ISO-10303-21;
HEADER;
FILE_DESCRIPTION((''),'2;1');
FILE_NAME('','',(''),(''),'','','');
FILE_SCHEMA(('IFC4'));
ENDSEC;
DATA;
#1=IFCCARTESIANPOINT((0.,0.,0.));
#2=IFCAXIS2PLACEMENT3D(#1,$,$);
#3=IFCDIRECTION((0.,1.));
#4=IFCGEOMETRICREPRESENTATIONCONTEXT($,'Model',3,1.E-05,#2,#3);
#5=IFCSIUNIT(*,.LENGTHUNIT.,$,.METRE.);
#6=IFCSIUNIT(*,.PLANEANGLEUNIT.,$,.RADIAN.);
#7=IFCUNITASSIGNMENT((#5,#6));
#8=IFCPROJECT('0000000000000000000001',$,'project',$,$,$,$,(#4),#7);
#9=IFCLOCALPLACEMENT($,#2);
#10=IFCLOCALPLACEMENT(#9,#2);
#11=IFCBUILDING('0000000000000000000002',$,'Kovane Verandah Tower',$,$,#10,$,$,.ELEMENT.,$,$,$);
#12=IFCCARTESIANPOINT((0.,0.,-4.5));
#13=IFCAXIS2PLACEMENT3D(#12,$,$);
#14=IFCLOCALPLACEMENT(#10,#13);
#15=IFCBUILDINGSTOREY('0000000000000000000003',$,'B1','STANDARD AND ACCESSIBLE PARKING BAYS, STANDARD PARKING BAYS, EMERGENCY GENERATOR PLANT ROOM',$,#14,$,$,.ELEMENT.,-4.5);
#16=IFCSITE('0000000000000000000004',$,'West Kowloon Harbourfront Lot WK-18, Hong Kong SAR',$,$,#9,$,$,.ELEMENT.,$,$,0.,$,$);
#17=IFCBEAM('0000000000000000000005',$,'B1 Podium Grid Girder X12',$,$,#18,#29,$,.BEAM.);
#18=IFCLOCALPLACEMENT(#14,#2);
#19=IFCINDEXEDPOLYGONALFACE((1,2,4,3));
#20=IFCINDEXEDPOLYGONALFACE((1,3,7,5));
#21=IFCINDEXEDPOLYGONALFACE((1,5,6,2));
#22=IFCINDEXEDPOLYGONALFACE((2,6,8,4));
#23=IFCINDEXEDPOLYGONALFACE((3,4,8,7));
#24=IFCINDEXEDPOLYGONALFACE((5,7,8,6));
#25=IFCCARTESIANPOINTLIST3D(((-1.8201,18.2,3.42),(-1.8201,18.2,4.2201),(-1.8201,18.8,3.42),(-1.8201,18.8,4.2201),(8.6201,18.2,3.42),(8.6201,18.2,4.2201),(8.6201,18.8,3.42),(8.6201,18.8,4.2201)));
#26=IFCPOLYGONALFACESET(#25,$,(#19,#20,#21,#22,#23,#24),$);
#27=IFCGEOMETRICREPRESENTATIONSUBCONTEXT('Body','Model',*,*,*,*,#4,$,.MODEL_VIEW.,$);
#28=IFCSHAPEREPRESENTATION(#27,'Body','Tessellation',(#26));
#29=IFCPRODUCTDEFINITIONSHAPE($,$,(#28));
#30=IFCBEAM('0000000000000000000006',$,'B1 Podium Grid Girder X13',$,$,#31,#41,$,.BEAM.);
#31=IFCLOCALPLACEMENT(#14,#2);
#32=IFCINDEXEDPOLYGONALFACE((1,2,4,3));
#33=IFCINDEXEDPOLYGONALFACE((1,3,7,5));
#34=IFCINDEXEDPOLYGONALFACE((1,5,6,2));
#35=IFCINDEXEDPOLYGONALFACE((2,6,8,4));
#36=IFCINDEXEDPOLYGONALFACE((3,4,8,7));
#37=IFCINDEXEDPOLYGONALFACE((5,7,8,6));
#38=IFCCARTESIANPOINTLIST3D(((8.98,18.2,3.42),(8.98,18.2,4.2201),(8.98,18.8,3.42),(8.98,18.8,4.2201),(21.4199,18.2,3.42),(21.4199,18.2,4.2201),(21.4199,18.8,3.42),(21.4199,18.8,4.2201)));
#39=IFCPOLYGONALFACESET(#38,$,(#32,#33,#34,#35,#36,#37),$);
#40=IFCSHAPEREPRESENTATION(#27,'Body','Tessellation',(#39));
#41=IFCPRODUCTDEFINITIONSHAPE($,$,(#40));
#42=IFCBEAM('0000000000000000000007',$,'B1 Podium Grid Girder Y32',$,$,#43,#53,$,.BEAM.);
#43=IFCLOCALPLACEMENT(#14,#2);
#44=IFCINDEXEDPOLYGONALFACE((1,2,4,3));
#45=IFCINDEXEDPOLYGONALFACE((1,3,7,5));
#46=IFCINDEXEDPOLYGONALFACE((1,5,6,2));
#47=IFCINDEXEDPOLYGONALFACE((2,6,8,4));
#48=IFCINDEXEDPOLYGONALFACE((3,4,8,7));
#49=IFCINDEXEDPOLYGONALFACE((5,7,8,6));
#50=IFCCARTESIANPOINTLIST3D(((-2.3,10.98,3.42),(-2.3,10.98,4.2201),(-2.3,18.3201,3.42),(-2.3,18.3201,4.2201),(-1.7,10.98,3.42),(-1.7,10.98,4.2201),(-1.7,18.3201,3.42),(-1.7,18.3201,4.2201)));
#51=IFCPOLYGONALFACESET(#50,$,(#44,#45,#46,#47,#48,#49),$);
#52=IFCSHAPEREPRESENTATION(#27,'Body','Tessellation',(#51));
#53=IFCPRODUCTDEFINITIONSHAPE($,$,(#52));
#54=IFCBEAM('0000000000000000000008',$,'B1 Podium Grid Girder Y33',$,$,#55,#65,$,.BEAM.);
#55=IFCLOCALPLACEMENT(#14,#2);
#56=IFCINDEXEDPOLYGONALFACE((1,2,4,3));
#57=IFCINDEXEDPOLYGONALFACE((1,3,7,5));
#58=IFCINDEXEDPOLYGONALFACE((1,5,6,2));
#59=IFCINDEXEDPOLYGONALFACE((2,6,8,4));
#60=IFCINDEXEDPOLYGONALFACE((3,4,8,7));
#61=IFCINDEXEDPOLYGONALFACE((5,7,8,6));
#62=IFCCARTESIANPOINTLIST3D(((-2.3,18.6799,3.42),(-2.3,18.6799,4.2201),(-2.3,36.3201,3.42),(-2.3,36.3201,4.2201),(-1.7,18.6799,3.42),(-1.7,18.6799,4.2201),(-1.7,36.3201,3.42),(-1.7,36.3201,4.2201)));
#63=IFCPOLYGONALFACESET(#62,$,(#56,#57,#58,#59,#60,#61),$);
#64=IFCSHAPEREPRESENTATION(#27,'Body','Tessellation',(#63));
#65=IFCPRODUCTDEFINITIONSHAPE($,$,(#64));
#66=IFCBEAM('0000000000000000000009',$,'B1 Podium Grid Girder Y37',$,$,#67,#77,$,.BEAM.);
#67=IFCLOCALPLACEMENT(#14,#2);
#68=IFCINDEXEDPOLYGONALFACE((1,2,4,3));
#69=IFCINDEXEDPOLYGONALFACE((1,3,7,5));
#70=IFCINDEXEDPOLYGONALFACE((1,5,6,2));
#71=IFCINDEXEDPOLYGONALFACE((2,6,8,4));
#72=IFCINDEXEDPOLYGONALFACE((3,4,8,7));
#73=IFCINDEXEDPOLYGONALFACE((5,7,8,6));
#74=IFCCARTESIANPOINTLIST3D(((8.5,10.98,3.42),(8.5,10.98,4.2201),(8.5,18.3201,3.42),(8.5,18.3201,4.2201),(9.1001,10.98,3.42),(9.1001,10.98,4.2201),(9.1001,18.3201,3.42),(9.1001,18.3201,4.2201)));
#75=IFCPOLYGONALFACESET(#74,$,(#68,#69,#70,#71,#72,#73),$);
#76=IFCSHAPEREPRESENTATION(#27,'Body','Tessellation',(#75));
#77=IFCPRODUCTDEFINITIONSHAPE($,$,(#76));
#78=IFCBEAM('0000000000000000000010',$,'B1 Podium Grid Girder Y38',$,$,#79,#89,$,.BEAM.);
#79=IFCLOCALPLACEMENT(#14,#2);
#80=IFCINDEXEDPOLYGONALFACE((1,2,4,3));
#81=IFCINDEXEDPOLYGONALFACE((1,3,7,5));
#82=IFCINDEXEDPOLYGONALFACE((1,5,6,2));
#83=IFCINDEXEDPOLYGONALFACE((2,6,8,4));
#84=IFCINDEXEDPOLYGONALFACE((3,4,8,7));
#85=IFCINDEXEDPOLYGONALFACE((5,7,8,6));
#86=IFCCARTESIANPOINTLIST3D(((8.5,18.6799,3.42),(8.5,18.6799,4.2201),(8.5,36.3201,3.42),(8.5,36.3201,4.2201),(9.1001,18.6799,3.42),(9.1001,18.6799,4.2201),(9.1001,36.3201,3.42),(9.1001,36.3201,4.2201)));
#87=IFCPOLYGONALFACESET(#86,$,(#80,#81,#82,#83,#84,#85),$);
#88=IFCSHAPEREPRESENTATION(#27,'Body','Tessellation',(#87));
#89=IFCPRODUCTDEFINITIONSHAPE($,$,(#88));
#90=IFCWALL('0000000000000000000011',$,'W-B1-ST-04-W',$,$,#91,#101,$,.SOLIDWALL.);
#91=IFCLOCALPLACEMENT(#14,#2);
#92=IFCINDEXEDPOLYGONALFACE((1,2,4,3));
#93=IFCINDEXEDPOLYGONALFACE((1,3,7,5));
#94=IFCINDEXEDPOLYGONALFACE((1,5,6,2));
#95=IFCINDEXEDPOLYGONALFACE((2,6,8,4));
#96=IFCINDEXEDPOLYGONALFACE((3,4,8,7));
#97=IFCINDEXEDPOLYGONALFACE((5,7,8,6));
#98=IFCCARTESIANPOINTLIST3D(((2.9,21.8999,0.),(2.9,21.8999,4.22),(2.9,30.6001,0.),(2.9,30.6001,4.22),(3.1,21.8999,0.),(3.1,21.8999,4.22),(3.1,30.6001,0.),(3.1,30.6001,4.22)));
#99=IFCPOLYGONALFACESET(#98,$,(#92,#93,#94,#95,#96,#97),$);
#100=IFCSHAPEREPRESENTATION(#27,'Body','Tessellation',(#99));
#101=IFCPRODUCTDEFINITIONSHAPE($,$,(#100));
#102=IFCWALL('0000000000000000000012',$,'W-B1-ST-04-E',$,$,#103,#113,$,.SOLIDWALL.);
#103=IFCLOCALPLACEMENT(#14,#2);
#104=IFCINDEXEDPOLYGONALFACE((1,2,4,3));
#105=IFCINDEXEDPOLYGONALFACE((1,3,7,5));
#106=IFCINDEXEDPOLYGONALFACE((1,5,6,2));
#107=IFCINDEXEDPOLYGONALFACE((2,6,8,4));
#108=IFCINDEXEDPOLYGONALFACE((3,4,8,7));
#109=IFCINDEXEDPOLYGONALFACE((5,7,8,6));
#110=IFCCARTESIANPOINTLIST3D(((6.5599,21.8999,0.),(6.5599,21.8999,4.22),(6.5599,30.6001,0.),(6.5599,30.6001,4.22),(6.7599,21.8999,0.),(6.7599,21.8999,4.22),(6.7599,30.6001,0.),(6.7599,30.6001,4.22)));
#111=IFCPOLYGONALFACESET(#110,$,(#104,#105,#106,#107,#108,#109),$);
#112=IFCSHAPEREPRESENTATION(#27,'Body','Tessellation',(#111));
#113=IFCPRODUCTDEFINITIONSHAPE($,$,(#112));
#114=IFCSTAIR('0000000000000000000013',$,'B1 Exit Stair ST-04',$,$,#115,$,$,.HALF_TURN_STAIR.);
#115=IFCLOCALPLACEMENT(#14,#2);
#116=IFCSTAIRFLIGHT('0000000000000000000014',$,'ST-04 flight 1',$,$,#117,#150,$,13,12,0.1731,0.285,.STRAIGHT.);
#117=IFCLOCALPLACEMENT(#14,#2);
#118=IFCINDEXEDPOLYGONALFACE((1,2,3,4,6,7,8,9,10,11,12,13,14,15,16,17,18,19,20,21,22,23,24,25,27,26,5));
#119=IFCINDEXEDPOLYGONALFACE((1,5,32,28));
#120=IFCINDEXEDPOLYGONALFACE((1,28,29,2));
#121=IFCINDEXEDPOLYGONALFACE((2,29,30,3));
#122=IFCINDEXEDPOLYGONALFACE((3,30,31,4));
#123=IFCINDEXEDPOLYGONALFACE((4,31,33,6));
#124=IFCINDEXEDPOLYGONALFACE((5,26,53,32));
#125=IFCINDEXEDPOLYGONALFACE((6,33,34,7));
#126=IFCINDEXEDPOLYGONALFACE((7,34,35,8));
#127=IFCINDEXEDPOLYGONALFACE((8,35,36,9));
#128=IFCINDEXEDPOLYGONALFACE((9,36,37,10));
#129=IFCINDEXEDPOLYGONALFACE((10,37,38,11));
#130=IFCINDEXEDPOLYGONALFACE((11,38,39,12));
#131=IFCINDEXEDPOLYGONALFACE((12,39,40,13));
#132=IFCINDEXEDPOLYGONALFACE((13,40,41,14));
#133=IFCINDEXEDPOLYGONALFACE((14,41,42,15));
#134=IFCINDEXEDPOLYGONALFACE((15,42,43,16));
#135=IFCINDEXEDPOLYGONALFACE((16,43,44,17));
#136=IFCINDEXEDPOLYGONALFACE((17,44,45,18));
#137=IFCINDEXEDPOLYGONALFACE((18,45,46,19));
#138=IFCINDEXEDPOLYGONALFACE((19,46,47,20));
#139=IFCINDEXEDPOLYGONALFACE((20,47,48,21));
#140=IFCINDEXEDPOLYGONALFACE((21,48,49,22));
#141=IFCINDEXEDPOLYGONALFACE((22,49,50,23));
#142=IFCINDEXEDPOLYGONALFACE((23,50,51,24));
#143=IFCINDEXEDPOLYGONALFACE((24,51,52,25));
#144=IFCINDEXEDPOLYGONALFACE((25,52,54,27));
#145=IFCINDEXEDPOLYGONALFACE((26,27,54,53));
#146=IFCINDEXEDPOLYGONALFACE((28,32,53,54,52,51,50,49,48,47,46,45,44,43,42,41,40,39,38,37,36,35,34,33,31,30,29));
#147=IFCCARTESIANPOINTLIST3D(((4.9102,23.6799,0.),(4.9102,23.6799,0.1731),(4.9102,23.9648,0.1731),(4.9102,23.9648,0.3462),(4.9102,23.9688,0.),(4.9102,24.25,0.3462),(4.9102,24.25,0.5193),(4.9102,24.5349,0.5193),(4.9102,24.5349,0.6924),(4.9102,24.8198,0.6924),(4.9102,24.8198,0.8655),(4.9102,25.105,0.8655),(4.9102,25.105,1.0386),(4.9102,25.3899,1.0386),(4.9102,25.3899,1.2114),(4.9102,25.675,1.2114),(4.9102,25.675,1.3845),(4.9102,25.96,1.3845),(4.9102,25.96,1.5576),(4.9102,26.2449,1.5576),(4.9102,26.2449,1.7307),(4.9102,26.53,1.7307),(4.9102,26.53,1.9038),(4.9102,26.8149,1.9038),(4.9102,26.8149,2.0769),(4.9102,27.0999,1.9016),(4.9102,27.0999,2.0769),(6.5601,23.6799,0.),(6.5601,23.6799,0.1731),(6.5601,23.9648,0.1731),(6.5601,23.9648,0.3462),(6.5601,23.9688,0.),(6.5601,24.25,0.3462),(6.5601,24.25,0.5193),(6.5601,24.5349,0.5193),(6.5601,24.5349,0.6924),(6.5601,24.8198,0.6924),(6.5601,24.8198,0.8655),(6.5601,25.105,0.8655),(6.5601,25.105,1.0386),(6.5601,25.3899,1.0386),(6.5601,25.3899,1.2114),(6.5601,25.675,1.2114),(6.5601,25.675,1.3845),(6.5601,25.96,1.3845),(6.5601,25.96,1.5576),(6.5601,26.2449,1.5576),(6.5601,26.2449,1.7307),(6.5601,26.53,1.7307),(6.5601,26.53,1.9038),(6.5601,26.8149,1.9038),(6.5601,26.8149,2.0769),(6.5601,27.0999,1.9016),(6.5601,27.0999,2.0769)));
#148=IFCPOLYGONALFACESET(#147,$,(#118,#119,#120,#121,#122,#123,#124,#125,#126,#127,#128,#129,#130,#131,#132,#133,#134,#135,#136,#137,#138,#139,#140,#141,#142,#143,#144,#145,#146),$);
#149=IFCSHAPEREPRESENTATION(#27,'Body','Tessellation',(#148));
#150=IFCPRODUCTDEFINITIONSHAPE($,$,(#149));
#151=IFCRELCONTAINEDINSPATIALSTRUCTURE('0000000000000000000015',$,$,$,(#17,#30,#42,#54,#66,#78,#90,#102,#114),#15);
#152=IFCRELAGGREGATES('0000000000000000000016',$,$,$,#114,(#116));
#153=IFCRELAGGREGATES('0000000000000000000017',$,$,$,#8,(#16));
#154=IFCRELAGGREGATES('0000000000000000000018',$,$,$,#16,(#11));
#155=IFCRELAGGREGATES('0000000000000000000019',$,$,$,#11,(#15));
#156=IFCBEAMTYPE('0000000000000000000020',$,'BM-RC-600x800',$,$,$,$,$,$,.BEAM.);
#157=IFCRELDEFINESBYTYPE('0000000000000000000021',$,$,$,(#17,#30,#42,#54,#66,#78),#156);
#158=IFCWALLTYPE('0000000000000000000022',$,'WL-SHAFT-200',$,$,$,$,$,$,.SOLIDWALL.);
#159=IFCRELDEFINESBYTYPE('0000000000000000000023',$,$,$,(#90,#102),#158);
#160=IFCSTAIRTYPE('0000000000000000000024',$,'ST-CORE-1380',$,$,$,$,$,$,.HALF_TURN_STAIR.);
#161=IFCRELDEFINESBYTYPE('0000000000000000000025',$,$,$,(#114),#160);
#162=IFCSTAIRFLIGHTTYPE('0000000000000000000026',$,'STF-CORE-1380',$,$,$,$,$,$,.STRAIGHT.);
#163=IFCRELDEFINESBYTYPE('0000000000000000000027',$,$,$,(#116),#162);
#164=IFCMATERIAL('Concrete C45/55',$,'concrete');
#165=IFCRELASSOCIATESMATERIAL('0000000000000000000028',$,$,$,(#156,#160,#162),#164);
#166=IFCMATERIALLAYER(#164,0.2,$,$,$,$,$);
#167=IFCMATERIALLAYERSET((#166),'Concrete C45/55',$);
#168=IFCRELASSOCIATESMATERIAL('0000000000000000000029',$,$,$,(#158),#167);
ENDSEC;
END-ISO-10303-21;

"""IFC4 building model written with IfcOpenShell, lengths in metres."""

from ifc_helpers import new_model, si_unit, direction, frame, frame_2d, origin, origin_2d, place, context, subcontext, project, spatial, polyline, rectangle, outline, extrude, material, layer, layer_set, material_profile, profile_set, type_object, element, aggregate, save


model = new_model("IFC4")

# Units and contexts
model_context = context("Model", 3, precision=1e-05, world=origin(), true_north=direction((0.0, 1.0)))
body_context = subcontext(model_context, "Body", "Model", "MODEL_VIEW")
ifc_project = project(units=[si_unit("LENGTHUNIT", "METRE"), si_unit("PLANEANGLEUNIT", "RADIAN")], contexts=[model_context])

# Site, building, storey
site_placement = place(None, origin())
site = spatial("IfcSite", under=ifc_project, at=site_placement, Name="West Kowloon Harbourfront Lot WK-18, Hong Kong SAR", CompositionType="ELEMENT", RefElevation=0.0)
building_placement = place(site_placement, origin())
building = spatial("IfcBuilding", under=site, at=building_placement, Name="Kovane Verandah Tower", CompositionType="ELEMENT")
storey_placement = place(building_placement, frame((0.0, 0.0, -4.5)))
storey = spatial("IfcBuildingStorey", under=building, at=storey_placement, Name="B1", Description="STANDARD AND ACCESSIBLE PARKING BAYS, STANDARD PARKING BAYS, EMERGENCY GENERATOR PLANT ROOM", CompositionType="ELEMENT", Elevation=-4.5)

# Beams
ifc_material_1 = material(Name="Concrete C45/55", Category="concrete")
ifc_material_profile_1 = material_profile(ifc_material_1, rectangle(XDim=0.6001, YDim=0.8, at=origin_2d()), Name="RCB600x800")
ifc_profile_set_1 = profile_set([ifc_material_profile_1], Name="Concrete C45/55")
beam_type = type_object("IfcBeamType", Name="BM-RC-600x800", PredefinedType="BEAM", material=ifc_profile_set_1)
beam_1_placement = place(storey_placement, frame((-1.8201, 18.5, 3.8201), z_axis=(1.0, 0.0, 0.0), x_axis=(0.0, 1.0, 0.0)))
element("IfcBeam", 1, at=beam_1_placement, inside=storey, type_object=beam_type, Name="B1 Podium Grid Girder X12", PredefinedType="BEAM", context=body_context, shape_type="SweptSolid", body=[
    extrude(rectangle(XDim=0.6001, YDim=0.8, at=origin_2d()), origin(), (0.0, 0.0, 1.0), 10.4402),
])
beam_2_placement = place(storey_placement, frame((8.98, 18.5, 3.8201), z_axis=(1.0, 0.0, 0.0), x_axis=(0.0, 1.0, 0.0)))
element("IfcBeam", 2, at=beam_2_placement, inside=storey, type_object=beam_type, Name="B1 Podium Grid Girder X13", PredefinedType="BEAM", context=body_context, shape_type="SweptSolid", body=[
    extrude(rectangle(XDim=0.6001, YDim=0.8, at=origin_2d()), origin(), (0.0, 0.0, 1.0), 12.4399),
])
beam_3_placement = place(storey_placement, frame((-2.0, 10.98, 3.8201), z_axis=(0.0, 1.0, 0.0), x_axis=(-1.0, 0.0, 0.0)))
element("IfcBeam", 3, at=beam_3_placement, inside=storey, type_object=beam_type, Name="B1 Podium Grid Girder Y32", PredefinedType="BEAM", context=body_context, shape_type="SweptSolid", body=[
    extrude(rectangle(XDim=0.6001, YDim=0.8, at=origin_2d()), origin(), (0.0, 0.0, 1.0), 7.3401),
])
beam_4_placement = place(storey_placement, frame((-2.0, 18.6799, 3.8201), z_axis=(0.0, 1.0, 0.0), x_axis=(-1.0, 0.0, 0.0)))
element("IfcBeam", 4, at=beam_4_placement, inside=storey, type_object=beam_type, Name="B1 Podium Grid Girder Y33", PredefinedType="BEAM", context=body_context, shape_type="SweptSolid", body=[
    extrude(rectangle(XDim=0.6001, YDim=0.8, at=origin_2d()), origin(), (0.0, 0.0, 1.0), 17.6401),
])
beam_5_placement = place(storey_placement, frame((8.8, 10.98, 3.8201), z_axis=(0.0, 1.0, 0.0), x_axis=(-1.0, 0.0, 0.0)))
element("IfcBeam", 5, at=beam_5_placement, inside=storey, type_object=beam_type, Name="B1 Podium Grid Girder Y37", PredefinedType="BEAM", context=body_context, shape_type="SweptSolid", body=[
    extrude(rectangle(XDim=0.6001, YDim=0.8, at=origin_2d()), origin(), (0.0, 0.0, 1.0), 7.3401),
])
beam_6_placement = place(storey_placement, frame((8.8, 18.6799, 3.8201), z_axis=(0.0, 1.0, 0.0), x_axis=(-1.0, 0.0, 0.0)))
element("IfcBeam", 6, at=beam_6_placement, inside=storey, type_object=beam_type, Name="B1 Podium Grid Girder Y38", PredefinedType="BEAM", context=body_context, shape_type="SweptSolid", body=[
    extrude(rectangle(XDim=0.6001, YDim=0.8, at=origin_2d()), origin(), (0.0, 0.0, 1.0), 17.6401),
])

# Walls
ifc_layer = layer(ifc_material_1, 0.2)
ifc_layer_set = layer_set([ifc_layer], Name="Concrete C45/55")
wall_type = type_object("IfcWallType", Name="WL-SHAFT-200", PredefinedType="SOLIDWALL", material=ifc_layer_set)
for number, where, z_axis, x_axis, name in (
    (7, (3.0, 21.8999, 0.0), (0.0, 0.0, 1.0), (0.0, 1.0, 0.0), "W-B1-ST-04-W"),
    (8, (6.6599, 21.8999, 0.0), (0.0, 0.0, 1.0), (0.0, 1.0, 0.0), "W-B1-ST-04-E"),
):
    element("IfcWall", number, at=place(storey_placement, frame(where, z_axis=z_axis, x_axis=x_axis)), inside=storey, type_object=wall_type, Name=name, PredefinedType="SOLIDWALL", context=body_context, shape_type="SweptSolid", body=[
        extrude(rectangle(XDim=8.7002, YDim=0.2, at=frame_2d((4.3501, 0.0))), origin(), (0.0, 0.0, 1.0), 4.22),
    ])

# Stair, stair flight
stair_type = type_object("IfcStairType", Name="ST-CORE-1380", PredefinedType="HALF_TURN_STAIR", material=ifc_material_1)
stair_placement = place(storey_placement, origin())
stair = element("IfcStair", 9, at=stair_placement, inside=storey, type_object=stair_type, Name="B1 Exit Stair ST-04", PredefinedType="HALF_TURN_STAIR")
stair_flight_type = type_object("IfcStairFlightType", Name="STF-CORE-1380", PredefinedType="STRAIGHT", material=ifc_material_1)
stair_flight_placement = place(storey_placement, frame((5.7351, 23.6799, 0.0), z_axis=(0.0, 0.0, 1.0), x_axis=(0.0, 1.0, 0.0)))
stair_flight = element("IfcStairFlight", 10, at=stair_flight_placement, type_object=stair_flight_type, Name="ST-04 flight 1", NumberOfRisers=13, NumberOfTreads=12, PredefinedType="STRAIGHT", RiserHeight=0.1731, TreadLength=0.285, context=body_context, shape_type="SweptSolid", body=[
    extrude(outline(polyline([(0.0, 0.0), (0.0, 0.1731), (0.2849, 0.1731), (0.2849, 0.3462), (0.5701, 0.3462), (0.5701, 0.5193), (0.855, 0.5193), (0.855, 0.6924), (1.1399, 0.6924), (1.1399, 0.8655), (1.425, 0.8655), (1.425, 1.0386), (1.71, 1.0386), (1.71, 1.2114), (1.9951, 1.2114), (1.9951, 1.3845), (2.28, 1.3845), (2.28, 1.5576), (2.5649, 1.5576), (2.5649, 1.7307), (2.8501, 1.7307), (2.8501, 1.9038), (3.135, 1.9038), (3.135, 2.0769), (3.4199, 2.0769), (3.4199, 2.25), (3.4199, 1.9016), (0.2888, 0.0), (0.0, 0.0)])), frame((0.0, 0.825, 0.0), z_axis=(0.0, -1.0, 0.0), x_axis=(1.0, 0.0, 0.0)), (0.0, 0.0, 1.0), 1.6499),
])
aggregate(stair, [stair_flight])

save(model, "model.ifc")
